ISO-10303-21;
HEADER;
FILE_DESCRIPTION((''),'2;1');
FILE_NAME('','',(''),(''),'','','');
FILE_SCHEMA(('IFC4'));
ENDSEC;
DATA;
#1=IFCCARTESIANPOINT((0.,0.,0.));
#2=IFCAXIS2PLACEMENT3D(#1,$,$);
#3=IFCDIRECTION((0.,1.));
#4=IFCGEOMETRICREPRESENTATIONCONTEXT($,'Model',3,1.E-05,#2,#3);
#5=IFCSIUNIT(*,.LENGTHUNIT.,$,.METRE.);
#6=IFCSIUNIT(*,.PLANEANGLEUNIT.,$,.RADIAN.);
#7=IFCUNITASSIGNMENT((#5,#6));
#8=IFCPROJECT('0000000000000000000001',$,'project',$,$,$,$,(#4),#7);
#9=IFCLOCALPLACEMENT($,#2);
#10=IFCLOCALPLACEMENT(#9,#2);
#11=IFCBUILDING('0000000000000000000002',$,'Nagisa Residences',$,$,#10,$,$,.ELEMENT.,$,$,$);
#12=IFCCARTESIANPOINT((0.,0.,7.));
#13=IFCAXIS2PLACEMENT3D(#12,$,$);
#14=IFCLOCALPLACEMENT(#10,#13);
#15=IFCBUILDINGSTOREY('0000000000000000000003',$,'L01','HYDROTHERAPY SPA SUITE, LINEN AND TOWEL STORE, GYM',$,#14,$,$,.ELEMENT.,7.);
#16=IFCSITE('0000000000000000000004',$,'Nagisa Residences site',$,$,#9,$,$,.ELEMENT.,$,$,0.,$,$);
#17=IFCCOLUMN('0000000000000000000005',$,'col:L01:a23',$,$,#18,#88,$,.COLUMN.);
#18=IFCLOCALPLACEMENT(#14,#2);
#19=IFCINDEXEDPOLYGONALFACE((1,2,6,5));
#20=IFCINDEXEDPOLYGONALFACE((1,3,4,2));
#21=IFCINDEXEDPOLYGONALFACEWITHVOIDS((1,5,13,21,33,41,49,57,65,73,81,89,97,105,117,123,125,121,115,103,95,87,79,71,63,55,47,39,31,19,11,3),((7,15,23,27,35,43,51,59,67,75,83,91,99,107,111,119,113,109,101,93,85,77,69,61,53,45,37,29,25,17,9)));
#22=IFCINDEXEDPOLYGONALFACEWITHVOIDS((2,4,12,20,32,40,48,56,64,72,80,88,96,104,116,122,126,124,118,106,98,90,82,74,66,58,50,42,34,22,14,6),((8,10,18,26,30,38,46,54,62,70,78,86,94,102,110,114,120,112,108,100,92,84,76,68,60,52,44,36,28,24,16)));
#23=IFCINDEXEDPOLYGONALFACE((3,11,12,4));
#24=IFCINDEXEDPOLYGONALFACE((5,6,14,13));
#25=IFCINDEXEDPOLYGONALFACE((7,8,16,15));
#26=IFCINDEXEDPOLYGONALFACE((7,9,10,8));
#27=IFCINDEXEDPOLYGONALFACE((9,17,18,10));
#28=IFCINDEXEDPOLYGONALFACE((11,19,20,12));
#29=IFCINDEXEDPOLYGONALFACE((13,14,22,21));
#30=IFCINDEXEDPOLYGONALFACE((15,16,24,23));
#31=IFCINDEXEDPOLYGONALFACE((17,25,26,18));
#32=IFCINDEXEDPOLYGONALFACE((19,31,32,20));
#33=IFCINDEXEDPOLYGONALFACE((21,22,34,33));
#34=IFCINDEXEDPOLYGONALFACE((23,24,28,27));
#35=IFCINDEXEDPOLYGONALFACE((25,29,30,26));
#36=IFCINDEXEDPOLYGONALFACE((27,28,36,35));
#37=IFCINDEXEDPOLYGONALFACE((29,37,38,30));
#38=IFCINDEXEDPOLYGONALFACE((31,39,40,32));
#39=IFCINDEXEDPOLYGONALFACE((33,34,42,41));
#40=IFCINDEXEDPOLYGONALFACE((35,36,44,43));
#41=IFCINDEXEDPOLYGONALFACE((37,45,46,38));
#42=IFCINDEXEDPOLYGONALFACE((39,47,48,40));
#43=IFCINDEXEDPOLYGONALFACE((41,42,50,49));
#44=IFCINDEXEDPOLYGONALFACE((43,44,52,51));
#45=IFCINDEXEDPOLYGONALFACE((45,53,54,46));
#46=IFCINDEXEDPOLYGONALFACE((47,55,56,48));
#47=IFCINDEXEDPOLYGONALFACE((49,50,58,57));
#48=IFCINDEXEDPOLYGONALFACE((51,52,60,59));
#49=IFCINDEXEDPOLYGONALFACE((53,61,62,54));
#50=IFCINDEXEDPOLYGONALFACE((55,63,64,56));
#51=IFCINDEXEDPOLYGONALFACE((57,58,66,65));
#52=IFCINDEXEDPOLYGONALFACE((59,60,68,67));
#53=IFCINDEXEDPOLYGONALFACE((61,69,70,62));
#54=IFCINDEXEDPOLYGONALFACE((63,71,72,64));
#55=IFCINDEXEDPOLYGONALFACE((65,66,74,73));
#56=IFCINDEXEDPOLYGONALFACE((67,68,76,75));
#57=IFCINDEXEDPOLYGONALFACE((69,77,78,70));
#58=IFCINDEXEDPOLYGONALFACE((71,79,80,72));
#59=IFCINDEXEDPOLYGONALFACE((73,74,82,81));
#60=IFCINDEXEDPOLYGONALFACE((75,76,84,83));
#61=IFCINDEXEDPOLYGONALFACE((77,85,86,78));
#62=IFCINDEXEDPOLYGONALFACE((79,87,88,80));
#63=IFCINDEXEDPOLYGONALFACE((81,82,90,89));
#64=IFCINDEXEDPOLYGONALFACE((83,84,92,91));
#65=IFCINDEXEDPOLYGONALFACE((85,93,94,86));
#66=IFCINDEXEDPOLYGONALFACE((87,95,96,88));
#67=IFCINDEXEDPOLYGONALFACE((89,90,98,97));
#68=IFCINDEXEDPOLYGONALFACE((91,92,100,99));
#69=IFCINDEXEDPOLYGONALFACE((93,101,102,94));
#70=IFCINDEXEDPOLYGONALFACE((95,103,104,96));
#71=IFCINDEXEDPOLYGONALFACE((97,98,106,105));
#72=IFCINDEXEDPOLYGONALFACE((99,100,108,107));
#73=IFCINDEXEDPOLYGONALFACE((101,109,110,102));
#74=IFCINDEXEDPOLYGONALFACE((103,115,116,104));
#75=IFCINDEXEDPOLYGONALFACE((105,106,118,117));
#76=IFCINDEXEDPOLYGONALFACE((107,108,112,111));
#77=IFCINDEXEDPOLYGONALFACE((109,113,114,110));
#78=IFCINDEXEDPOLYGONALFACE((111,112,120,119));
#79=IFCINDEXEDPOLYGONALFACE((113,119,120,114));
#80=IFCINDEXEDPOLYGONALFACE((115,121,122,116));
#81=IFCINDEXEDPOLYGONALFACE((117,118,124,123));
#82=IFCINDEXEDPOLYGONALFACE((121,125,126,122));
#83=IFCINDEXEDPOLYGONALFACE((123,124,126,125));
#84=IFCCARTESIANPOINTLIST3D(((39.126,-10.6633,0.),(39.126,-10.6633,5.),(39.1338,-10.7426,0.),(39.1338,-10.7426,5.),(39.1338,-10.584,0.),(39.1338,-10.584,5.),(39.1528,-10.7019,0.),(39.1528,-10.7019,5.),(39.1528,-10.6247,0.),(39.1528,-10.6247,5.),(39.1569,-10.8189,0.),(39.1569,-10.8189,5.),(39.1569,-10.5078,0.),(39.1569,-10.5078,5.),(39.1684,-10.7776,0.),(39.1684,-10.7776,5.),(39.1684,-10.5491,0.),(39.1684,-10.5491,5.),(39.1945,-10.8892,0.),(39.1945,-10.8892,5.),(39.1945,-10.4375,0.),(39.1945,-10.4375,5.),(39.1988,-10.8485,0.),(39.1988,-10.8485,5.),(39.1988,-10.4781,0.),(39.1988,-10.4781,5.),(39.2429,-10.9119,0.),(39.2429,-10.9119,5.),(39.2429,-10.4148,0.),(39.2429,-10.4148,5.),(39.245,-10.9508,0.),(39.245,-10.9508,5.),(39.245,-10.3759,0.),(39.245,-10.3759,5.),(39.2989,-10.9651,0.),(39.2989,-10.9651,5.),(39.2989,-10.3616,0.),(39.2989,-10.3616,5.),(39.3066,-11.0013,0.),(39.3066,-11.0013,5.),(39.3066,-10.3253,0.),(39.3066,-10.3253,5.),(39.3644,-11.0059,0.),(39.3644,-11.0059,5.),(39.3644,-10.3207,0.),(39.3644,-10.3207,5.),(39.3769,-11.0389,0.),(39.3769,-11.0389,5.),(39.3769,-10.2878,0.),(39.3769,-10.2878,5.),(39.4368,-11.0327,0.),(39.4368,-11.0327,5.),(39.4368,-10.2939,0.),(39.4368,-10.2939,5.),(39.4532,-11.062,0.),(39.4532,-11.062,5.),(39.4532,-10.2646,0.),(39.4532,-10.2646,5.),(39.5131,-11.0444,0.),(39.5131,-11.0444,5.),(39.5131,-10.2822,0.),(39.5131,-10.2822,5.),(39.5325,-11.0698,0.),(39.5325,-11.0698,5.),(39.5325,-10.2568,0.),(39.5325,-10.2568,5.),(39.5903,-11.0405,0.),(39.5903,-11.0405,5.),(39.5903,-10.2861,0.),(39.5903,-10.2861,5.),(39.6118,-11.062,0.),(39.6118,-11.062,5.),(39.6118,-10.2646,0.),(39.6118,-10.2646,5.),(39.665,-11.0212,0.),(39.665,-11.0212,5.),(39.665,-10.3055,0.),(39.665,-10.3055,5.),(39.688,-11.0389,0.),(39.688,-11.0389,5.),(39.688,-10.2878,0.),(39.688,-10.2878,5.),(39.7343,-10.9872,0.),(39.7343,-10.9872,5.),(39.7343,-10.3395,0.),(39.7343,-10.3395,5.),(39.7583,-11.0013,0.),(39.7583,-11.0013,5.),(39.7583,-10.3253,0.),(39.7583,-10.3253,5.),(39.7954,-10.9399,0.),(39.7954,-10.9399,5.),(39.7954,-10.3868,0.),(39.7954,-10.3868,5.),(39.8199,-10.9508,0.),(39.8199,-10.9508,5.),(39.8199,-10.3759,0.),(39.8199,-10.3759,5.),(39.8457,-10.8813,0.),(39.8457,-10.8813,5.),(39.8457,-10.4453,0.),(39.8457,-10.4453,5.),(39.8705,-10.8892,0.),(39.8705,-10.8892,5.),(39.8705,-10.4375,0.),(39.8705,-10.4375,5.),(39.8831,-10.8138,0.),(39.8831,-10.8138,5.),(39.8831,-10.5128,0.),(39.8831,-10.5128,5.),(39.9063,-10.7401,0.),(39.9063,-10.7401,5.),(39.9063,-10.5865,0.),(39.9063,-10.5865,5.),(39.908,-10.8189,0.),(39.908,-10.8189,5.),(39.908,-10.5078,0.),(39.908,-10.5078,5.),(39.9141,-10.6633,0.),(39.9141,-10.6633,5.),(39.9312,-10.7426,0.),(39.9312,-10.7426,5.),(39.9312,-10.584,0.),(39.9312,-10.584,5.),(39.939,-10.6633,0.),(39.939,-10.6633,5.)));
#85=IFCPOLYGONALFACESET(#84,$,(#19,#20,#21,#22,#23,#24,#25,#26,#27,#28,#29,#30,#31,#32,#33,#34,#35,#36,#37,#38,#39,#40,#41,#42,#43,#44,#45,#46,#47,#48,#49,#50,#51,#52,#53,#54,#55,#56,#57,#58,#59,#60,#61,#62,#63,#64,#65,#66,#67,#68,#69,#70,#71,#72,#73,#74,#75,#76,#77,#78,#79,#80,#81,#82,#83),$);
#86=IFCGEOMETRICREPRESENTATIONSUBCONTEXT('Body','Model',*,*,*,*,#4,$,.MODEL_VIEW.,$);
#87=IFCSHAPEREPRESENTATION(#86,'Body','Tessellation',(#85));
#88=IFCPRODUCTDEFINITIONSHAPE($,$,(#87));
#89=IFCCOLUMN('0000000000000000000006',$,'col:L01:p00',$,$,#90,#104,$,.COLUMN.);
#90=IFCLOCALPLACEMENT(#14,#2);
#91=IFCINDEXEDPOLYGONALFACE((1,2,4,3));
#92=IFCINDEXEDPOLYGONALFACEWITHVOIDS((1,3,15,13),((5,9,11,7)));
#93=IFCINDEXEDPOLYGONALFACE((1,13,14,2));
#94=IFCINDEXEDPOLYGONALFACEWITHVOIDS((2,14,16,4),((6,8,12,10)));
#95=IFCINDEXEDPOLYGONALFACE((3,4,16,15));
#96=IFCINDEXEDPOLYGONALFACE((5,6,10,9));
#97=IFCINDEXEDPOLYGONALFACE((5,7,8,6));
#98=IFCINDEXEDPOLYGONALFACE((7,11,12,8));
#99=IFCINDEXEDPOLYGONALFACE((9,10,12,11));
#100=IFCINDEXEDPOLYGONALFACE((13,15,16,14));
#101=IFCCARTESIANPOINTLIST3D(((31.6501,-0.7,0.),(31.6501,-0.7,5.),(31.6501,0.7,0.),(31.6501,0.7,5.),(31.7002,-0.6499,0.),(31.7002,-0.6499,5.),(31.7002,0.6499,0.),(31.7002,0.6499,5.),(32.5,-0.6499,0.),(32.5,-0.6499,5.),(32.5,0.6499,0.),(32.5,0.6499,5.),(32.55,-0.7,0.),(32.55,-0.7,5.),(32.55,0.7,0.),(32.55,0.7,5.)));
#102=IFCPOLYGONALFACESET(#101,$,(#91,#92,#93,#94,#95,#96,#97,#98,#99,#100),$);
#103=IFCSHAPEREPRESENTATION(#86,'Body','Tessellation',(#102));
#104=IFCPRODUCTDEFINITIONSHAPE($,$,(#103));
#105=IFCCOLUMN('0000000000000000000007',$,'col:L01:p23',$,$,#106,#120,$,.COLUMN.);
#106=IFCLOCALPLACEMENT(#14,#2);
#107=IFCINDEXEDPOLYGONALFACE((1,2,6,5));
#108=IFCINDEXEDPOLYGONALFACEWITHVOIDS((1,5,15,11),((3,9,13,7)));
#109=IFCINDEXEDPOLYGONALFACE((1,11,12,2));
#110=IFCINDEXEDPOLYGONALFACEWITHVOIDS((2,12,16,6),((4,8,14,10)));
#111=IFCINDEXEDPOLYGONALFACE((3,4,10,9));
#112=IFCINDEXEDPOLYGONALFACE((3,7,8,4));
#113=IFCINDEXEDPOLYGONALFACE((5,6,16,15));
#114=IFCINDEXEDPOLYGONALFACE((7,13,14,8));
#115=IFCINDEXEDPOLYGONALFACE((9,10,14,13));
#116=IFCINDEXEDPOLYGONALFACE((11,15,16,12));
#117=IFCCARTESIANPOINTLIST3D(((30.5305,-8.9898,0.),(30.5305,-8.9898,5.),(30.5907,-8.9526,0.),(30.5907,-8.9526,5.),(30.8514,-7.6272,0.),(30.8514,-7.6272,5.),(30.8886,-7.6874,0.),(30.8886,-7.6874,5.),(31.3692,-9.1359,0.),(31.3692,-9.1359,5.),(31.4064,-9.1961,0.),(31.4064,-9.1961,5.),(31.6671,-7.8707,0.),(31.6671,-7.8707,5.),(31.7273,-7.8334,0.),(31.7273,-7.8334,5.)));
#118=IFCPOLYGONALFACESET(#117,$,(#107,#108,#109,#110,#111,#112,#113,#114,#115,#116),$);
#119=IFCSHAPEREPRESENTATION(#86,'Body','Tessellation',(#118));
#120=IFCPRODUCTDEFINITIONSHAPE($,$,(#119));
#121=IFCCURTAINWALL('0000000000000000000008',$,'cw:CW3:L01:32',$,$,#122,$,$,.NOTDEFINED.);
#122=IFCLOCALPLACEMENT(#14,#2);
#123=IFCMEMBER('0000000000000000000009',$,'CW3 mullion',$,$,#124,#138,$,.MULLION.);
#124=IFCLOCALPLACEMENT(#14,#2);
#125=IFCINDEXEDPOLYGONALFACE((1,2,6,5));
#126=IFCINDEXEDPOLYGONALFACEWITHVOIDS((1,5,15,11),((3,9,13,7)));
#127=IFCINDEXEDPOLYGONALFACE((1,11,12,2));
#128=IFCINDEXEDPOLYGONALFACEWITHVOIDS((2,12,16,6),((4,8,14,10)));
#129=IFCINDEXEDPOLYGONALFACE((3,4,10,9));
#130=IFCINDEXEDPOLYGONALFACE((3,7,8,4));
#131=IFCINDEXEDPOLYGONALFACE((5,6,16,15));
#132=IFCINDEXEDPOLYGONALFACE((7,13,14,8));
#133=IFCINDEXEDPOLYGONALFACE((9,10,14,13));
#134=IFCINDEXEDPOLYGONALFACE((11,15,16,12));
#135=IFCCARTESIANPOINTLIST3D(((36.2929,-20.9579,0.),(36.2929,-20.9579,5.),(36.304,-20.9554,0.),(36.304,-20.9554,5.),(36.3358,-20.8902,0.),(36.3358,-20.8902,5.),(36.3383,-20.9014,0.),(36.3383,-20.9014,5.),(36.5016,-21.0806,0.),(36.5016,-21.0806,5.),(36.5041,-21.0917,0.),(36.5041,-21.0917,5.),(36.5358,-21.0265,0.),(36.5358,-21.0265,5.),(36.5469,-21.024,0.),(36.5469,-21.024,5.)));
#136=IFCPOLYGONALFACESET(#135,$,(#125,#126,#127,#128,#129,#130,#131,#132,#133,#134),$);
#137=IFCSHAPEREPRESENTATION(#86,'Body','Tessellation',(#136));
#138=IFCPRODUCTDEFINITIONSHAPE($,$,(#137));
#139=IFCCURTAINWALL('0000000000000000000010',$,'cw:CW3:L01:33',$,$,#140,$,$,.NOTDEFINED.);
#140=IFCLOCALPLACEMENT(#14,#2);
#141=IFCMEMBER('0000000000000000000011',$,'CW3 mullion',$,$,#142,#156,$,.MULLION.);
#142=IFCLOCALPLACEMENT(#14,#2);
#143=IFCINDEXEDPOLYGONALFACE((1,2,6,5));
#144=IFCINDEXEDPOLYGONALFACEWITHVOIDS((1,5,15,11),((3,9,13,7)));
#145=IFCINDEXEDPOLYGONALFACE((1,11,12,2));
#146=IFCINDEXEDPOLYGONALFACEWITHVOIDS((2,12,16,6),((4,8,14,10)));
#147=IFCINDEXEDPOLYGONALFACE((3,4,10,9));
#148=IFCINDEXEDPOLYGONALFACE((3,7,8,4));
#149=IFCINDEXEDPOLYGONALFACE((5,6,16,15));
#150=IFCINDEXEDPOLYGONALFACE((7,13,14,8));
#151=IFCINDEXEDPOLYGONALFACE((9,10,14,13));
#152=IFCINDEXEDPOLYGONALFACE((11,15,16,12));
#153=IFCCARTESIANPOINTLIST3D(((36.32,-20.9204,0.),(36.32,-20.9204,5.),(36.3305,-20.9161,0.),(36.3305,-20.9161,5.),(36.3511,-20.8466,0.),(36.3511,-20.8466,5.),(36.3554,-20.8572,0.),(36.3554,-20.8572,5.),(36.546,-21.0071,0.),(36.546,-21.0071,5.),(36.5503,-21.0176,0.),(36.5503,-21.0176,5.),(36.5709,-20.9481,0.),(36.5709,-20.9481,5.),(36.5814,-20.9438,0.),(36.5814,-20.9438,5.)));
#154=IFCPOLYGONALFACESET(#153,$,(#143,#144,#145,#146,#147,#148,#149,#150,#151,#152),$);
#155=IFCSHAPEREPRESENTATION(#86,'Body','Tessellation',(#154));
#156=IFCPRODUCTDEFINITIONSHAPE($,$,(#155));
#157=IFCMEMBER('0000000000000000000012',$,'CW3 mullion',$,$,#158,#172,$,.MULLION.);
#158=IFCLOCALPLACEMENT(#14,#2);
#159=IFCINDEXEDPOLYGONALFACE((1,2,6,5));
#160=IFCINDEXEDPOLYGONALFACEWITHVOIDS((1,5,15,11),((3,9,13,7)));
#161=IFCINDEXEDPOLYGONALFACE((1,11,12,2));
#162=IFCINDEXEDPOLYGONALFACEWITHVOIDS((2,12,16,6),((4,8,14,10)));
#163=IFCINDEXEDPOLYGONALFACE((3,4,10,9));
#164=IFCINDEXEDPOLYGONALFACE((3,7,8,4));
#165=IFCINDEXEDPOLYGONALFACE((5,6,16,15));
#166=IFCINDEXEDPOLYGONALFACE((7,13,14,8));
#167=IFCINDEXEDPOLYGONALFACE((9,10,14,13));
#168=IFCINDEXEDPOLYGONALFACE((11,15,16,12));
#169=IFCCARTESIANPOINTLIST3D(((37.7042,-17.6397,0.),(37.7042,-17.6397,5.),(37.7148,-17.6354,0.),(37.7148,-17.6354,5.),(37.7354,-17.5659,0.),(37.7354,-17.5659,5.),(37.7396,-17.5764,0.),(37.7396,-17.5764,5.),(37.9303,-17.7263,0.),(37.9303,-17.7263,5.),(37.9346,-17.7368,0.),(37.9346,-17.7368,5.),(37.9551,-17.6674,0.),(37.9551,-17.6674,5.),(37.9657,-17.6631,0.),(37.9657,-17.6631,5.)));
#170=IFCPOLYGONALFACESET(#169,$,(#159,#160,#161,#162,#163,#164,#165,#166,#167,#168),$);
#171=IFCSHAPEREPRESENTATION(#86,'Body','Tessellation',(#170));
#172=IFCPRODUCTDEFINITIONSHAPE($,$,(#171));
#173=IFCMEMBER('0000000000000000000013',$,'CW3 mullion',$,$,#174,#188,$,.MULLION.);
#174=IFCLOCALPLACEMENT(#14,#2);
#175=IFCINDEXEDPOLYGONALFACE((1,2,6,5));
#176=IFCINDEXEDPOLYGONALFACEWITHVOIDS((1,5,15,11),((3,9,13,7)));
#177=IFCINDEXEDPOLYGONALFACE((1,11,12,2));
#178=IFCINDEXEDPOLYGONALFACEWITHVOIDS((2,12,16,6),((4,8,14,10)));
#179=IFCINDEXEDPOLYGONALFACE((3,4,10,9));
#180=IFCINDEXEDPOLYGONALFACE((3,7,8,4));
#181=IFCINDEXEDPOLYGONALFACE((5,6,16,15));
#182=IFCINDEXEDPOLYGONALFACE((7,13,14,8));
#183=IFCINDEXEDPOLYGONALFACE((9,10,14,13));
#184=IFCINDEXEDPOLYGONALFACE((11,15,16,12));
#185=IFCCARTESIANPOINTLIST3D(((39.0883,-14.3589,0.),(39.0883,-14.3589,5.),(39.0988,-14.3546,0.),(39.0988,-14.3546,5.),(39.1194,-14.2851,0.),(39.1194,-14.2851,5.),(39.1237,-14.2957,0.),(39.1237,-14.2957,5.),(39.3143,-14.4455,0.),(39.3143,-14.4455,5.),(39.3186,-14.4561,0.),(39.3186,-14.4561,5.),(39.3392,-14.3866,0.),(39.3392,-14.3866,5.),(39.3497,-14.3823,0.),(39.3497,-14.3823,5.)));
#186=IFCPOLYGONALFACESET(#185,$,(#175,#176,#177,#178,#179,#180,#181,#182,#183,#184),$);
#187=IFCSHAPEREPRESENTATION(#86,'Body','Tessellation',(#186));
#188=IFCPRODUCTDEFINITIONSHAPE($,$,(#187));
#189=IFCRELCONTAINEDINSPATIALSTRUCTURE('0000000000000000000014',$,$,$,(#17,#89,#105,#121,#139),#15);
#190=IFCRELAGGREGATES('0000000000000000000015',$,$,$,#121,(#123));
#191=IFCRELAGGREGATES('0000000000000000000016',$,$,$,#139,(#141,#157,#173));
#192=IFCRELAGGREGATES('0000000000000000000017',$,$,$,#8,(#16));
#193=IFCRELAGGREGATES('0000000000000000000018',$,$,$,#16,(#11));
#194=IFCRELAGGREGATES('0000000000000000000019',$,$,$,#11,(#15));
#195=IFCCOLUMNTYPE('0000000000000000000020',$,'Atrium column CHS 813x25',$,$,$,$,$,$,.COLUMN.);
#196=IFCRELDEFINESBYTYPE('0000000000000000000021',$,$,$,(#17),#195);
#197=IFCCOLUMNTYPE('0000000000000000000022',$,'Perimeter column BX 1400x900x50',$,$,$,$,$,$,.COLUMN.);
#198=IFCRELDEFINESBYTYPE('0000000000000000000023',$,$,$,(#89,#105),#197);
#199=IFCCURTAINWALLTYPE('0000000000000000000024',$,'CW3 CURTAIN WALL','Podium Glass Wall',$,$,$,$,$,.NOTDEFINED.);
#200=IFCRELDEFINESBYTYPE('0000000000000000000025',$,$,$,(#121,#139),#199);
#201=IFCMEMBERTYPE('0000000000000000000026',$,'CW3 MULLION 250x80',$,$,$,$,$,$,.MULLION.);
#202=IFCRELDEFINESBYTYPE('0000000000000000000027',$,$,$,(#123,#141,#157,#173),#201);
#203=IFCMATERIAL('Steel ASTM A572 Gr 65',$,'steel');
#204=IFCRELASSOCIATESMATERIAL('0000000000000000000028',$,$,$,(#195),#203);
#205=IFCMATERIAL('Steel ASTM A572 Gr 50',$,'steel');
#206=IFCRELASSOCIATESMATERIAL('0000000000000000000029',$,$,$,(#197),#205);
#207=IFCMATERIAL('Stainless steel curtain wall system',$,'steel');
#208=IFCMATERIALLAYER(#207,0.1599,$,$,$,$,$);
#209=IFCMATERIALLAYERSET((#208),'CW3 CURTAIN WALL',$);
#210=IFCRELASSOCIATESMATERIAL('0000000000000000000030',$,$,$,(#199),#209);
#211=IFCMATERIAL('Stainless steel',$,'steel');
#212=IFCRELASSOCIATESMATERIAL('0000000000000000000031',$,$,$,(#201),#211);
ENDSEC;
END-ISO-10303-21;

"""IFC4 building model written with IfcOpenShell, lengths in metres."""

from ifc_helpers import new_model, si_unit, direction, frame, origin, origin_2d, place, context, subcontext, project, spatial, hollow_rectangle, hollow_circle, extrude, material, layer, layer_set, material_profile, profile_set, type_object, element, aggregate, save


model = new_model("IFC4")

# Units and contexts
model_context = context("Model", 3, precision=1e-05, world=origin(), true_north=direction((0.0, 1.0)))
body_context = subcontext(model_context, "Body", "Model", "MODEL_VIEW")
ifc_project = project(units=[si_unit("LENGTHUNIT", "METRE"), si_unit("PLANEANGLEUNIT", "RADIAN")], contexts=[model_context])

# Site, building, storey
site_placement = place(None, origin())
site = spatial("IfcSite", under=ifc_project, at=site_placement, Name="Nagisa Residences site", CompositionType="ELEMENT", RefElevation=0.0)
building_placement = place(site_placement, origin())
building = spatial("IfcBuilding", under=site, at=building_placement, Name="Nagisa Residences", CompositionType="ELEMENT")
storey_placement = place(building_placement, frame((0.0, 0.0, 7.0)))
storey = spatial("IfcBuildingStorey", under=building, at=storey_placement, Name="L01", Description="HYDROTHERAPY SPA SUITE, LINEN AND TOWEL STORE, GYM", CompositionType="ELEMENT", Elevation=7.0)

# Columns
ifc_material_1 = material(Name="Steel ASTM A572 Gr 65", Category="steel")
ifc_material_profile_1 = material_profile(ifc_material_1, hollow_circle(Radius=0.4065, WallThickness=0.0249, at=origin_2d()), Name="CHS 813x25")
ifc_profile_set_1 = profile_set([ifc_material_profile_1], Name="Steel ASTM A572 Gr 65")
column_type_1 = type_object("IfcColumnType", Name="Atrium column CHS 813x25", PredefinedType="COLUMN", material=ifc_profile_set_1)
for number, where, z_axis, x_axis, name in (
    (1, (39.5325, -10.6633, 0.0), (0.0, 0.0, 1.0), (1.0, 0.0, 0.0), "col:L01:a23"),
):
    element("IfcColumn", number, at=place(storey_placement, frame(where, z_axis=z_axis, x_axis=x_axis)), inside=storey, type_object=column_type_1, Name=name, PredefinedType="COLUMN", context=body_context, shape_type="SweptSolid", body=[
        extrude(hollow_circle(Radius=0.4065, WallThickness=0.0249, at=origin_2d()), origin(), (0.0, 0.0, 1.0), 5.0),
    ])
ifc_material_2 = material(Name="Steel ASTM A572 Gr 50", Category="steel")
ifc_material_profile_2 = material_profile(ifc_material_2, hollow_rectangle(XDim=1.3999, YDim=0.8999, WallThickness=0.05, at=origin_2d()), Name="BX 1400x900x50")
ifc_profile_set_2 = profile_set([ifc_material_profile_2], Name="Steel ASTM A572 Gr 50")
column_type_2 = type_object("IfcColumnType", Name="Perimeter column BX 1400x900x50", PredefinedType="COLUMN", material=ifc_profile_set_2)
for number, where, z_axis, x_axis, name in (
    (2, (32.1001, 0.0, 0.0), (0.0, 0.0, 1.0), (0.0, 1.0, 0.0), "col:L01:p00"),
    (3, (31.1289, -8.4116, 0.0), (0.0, 0.0, 1.0), (0.229202, 0.973379, 0.0), "col:L01:p23"),
):
    element("IfcColumn", number, at=place(storey_placement, frame(where, z_axis=z_axis, x_axis=x_axis)), inside=storey, type_object=column_type_2, Name=name, PredefinedType="COLUMN", context=body_context, shape_type="SweptSolid", body=[
        extrude(hollow_rectangle(XDim=1.3999, YDim=0.8999, WallThickness=0.05, at=origin_2d()), origin(), (0.0, 0.0, 1.0), 5.0),
    ])

# Curtain wall, member
ifc_material_3 = material(Name="Stainless steel curtain wall system", Category="steel")
ifc_layer_1 = layer(ifc_material_3, 0.1599)
ifc_layer_set_1 = layer_set([ifc_layer_1], Name="CW3 CURTAIN WALL")
curtain_wall_type_1 = type_object("IfcCurtainWallType", Name="CW3 CURTAIN WALL", Description="Podium Glass Wall", PredefinedType="NOTDEFINED", material=ifc_layer_set_1)
curtain_wall_1_placement = place(storey_placement, origin())
curtain_wall_1 = element("IfcCurtainWall", 4, at=curtain_wall_1_placement, inside=storey, type_object=curtain_wall_type_1, Name="cw:CW3:L01:32", PredefinedType="NOTDEFINED")
ifc_material_4 = material(Name="Stainless steel", Category="steel")
ifc_material_profile_3 = material_profile(ifc_material_4, hollow_rectangle(XDim=0.25, YDim=0.0801, WallThickness=0.0081, at=origin_2d()), Name="CW3 MULLION 250x80")
ifc_profile_set_3 = profile_set([ifc_material_profile_3], Name="Stainless steel")
member_type_1 = type_object("IfcMemberType", Name="CW3 MULLION 250x80", PredefinedType="MULLION", material=ifc_profile_set_3)
member_1_placement = place(storey_placement, frame((36.4199, -20.991, 0.0), z_axis=(0.0, 0.0, 1.0), x_axis=(-0.844747, 0.535165, 0.0)))
member_1 = element("IfcMember", 5, at=member_1_placement, type_object=member_type_1, Name="CW3 mullion", PredefinedType="MULLION", context=body_context, shape_type="SweptSolid", body=[
    extrude(hollow_rectangle(XDim=0.25, YDim=0.0801, WallThickness=0.0081, at=origin_2d()), origin(), (0.0, 0.0, 1.0), 5.0),
])

# Curtain wall, members
curtain_wall_2_placement = place(storey_placement, origin())
curtain_wall_2 = element("IfcCurtainWall", 6, at=curtain_wall_2_placement, inside=storey, type_object=curtain_wall_type_1, Name="cw:CW3:L01:33", PredefinedType="NOTDEFINED")
member_2_placement = place(storey_placement, frame((36.4507, -20.9321, 0.0), z_axis=(0.0, 0.0, 1.0), x_axis=(-0.921357, 0.388718, 0.0)))
member_2 = element("IfcMember", 7, at=member_2_placement, type_object=member_type_1, Name="CW3 mullion", PredefinedType="MULLION", context=body_context, shape_type="SweptSolid", body=[
    extrude(hollow_rectangle(XDim=0.25, YDim=0.0801, WallThickness=0.0081, at=origin_2d()), origin(), (0.0, 0.0, 1.0), 5.0),
])
member_3_placement = place(storey_placement, frame((37.835, -17.6514, 0.0), z_axis=(0.0, 0.0, 1.0), x_axis=(-0.921357, 0.388718, 0.0)))
member_3 = element("IfcMember", 8, at=member_3_placement, type_object=member_type_1, Name="CW3 mullion", PredefinedType="MULLION", context=body_context, shape_type="SweptSolid", body=[
    extrude(hollow_rectangle(XDim=0.25, YDim=0.0801, WallThickness=0.0081, at=origin_2d()), origin(), (0.0, 0.0, 1.0), 5.0),
])
member_4_placement = place(storey_placement, frame((39.219, -14.3706, 0.0), z_axis=(0.0, 0.0, 1.0), x_axis=(-0.921357, 0.388718, 0.0)))
member_4 = element("IfcMember", 9, at=member_4_placement, type_object=member_type_1, Name="CW3 mullion", PredefinedType="MULLION", context=body_context, shape_type="SweptSolid", body=[
    extrude(hollow_rectangle(XDim=0.25, YDim=0.0801, WallThickness=0.0081, at=origin_2d()), origin(), (0.0, 0.0, 1.0), 5.0),
])

aggregate(curtain_wall_1, [member_1])
aggregate(curtain_wall_2, [member_2, member_3, member_4])

save(model, "model.ifc")
